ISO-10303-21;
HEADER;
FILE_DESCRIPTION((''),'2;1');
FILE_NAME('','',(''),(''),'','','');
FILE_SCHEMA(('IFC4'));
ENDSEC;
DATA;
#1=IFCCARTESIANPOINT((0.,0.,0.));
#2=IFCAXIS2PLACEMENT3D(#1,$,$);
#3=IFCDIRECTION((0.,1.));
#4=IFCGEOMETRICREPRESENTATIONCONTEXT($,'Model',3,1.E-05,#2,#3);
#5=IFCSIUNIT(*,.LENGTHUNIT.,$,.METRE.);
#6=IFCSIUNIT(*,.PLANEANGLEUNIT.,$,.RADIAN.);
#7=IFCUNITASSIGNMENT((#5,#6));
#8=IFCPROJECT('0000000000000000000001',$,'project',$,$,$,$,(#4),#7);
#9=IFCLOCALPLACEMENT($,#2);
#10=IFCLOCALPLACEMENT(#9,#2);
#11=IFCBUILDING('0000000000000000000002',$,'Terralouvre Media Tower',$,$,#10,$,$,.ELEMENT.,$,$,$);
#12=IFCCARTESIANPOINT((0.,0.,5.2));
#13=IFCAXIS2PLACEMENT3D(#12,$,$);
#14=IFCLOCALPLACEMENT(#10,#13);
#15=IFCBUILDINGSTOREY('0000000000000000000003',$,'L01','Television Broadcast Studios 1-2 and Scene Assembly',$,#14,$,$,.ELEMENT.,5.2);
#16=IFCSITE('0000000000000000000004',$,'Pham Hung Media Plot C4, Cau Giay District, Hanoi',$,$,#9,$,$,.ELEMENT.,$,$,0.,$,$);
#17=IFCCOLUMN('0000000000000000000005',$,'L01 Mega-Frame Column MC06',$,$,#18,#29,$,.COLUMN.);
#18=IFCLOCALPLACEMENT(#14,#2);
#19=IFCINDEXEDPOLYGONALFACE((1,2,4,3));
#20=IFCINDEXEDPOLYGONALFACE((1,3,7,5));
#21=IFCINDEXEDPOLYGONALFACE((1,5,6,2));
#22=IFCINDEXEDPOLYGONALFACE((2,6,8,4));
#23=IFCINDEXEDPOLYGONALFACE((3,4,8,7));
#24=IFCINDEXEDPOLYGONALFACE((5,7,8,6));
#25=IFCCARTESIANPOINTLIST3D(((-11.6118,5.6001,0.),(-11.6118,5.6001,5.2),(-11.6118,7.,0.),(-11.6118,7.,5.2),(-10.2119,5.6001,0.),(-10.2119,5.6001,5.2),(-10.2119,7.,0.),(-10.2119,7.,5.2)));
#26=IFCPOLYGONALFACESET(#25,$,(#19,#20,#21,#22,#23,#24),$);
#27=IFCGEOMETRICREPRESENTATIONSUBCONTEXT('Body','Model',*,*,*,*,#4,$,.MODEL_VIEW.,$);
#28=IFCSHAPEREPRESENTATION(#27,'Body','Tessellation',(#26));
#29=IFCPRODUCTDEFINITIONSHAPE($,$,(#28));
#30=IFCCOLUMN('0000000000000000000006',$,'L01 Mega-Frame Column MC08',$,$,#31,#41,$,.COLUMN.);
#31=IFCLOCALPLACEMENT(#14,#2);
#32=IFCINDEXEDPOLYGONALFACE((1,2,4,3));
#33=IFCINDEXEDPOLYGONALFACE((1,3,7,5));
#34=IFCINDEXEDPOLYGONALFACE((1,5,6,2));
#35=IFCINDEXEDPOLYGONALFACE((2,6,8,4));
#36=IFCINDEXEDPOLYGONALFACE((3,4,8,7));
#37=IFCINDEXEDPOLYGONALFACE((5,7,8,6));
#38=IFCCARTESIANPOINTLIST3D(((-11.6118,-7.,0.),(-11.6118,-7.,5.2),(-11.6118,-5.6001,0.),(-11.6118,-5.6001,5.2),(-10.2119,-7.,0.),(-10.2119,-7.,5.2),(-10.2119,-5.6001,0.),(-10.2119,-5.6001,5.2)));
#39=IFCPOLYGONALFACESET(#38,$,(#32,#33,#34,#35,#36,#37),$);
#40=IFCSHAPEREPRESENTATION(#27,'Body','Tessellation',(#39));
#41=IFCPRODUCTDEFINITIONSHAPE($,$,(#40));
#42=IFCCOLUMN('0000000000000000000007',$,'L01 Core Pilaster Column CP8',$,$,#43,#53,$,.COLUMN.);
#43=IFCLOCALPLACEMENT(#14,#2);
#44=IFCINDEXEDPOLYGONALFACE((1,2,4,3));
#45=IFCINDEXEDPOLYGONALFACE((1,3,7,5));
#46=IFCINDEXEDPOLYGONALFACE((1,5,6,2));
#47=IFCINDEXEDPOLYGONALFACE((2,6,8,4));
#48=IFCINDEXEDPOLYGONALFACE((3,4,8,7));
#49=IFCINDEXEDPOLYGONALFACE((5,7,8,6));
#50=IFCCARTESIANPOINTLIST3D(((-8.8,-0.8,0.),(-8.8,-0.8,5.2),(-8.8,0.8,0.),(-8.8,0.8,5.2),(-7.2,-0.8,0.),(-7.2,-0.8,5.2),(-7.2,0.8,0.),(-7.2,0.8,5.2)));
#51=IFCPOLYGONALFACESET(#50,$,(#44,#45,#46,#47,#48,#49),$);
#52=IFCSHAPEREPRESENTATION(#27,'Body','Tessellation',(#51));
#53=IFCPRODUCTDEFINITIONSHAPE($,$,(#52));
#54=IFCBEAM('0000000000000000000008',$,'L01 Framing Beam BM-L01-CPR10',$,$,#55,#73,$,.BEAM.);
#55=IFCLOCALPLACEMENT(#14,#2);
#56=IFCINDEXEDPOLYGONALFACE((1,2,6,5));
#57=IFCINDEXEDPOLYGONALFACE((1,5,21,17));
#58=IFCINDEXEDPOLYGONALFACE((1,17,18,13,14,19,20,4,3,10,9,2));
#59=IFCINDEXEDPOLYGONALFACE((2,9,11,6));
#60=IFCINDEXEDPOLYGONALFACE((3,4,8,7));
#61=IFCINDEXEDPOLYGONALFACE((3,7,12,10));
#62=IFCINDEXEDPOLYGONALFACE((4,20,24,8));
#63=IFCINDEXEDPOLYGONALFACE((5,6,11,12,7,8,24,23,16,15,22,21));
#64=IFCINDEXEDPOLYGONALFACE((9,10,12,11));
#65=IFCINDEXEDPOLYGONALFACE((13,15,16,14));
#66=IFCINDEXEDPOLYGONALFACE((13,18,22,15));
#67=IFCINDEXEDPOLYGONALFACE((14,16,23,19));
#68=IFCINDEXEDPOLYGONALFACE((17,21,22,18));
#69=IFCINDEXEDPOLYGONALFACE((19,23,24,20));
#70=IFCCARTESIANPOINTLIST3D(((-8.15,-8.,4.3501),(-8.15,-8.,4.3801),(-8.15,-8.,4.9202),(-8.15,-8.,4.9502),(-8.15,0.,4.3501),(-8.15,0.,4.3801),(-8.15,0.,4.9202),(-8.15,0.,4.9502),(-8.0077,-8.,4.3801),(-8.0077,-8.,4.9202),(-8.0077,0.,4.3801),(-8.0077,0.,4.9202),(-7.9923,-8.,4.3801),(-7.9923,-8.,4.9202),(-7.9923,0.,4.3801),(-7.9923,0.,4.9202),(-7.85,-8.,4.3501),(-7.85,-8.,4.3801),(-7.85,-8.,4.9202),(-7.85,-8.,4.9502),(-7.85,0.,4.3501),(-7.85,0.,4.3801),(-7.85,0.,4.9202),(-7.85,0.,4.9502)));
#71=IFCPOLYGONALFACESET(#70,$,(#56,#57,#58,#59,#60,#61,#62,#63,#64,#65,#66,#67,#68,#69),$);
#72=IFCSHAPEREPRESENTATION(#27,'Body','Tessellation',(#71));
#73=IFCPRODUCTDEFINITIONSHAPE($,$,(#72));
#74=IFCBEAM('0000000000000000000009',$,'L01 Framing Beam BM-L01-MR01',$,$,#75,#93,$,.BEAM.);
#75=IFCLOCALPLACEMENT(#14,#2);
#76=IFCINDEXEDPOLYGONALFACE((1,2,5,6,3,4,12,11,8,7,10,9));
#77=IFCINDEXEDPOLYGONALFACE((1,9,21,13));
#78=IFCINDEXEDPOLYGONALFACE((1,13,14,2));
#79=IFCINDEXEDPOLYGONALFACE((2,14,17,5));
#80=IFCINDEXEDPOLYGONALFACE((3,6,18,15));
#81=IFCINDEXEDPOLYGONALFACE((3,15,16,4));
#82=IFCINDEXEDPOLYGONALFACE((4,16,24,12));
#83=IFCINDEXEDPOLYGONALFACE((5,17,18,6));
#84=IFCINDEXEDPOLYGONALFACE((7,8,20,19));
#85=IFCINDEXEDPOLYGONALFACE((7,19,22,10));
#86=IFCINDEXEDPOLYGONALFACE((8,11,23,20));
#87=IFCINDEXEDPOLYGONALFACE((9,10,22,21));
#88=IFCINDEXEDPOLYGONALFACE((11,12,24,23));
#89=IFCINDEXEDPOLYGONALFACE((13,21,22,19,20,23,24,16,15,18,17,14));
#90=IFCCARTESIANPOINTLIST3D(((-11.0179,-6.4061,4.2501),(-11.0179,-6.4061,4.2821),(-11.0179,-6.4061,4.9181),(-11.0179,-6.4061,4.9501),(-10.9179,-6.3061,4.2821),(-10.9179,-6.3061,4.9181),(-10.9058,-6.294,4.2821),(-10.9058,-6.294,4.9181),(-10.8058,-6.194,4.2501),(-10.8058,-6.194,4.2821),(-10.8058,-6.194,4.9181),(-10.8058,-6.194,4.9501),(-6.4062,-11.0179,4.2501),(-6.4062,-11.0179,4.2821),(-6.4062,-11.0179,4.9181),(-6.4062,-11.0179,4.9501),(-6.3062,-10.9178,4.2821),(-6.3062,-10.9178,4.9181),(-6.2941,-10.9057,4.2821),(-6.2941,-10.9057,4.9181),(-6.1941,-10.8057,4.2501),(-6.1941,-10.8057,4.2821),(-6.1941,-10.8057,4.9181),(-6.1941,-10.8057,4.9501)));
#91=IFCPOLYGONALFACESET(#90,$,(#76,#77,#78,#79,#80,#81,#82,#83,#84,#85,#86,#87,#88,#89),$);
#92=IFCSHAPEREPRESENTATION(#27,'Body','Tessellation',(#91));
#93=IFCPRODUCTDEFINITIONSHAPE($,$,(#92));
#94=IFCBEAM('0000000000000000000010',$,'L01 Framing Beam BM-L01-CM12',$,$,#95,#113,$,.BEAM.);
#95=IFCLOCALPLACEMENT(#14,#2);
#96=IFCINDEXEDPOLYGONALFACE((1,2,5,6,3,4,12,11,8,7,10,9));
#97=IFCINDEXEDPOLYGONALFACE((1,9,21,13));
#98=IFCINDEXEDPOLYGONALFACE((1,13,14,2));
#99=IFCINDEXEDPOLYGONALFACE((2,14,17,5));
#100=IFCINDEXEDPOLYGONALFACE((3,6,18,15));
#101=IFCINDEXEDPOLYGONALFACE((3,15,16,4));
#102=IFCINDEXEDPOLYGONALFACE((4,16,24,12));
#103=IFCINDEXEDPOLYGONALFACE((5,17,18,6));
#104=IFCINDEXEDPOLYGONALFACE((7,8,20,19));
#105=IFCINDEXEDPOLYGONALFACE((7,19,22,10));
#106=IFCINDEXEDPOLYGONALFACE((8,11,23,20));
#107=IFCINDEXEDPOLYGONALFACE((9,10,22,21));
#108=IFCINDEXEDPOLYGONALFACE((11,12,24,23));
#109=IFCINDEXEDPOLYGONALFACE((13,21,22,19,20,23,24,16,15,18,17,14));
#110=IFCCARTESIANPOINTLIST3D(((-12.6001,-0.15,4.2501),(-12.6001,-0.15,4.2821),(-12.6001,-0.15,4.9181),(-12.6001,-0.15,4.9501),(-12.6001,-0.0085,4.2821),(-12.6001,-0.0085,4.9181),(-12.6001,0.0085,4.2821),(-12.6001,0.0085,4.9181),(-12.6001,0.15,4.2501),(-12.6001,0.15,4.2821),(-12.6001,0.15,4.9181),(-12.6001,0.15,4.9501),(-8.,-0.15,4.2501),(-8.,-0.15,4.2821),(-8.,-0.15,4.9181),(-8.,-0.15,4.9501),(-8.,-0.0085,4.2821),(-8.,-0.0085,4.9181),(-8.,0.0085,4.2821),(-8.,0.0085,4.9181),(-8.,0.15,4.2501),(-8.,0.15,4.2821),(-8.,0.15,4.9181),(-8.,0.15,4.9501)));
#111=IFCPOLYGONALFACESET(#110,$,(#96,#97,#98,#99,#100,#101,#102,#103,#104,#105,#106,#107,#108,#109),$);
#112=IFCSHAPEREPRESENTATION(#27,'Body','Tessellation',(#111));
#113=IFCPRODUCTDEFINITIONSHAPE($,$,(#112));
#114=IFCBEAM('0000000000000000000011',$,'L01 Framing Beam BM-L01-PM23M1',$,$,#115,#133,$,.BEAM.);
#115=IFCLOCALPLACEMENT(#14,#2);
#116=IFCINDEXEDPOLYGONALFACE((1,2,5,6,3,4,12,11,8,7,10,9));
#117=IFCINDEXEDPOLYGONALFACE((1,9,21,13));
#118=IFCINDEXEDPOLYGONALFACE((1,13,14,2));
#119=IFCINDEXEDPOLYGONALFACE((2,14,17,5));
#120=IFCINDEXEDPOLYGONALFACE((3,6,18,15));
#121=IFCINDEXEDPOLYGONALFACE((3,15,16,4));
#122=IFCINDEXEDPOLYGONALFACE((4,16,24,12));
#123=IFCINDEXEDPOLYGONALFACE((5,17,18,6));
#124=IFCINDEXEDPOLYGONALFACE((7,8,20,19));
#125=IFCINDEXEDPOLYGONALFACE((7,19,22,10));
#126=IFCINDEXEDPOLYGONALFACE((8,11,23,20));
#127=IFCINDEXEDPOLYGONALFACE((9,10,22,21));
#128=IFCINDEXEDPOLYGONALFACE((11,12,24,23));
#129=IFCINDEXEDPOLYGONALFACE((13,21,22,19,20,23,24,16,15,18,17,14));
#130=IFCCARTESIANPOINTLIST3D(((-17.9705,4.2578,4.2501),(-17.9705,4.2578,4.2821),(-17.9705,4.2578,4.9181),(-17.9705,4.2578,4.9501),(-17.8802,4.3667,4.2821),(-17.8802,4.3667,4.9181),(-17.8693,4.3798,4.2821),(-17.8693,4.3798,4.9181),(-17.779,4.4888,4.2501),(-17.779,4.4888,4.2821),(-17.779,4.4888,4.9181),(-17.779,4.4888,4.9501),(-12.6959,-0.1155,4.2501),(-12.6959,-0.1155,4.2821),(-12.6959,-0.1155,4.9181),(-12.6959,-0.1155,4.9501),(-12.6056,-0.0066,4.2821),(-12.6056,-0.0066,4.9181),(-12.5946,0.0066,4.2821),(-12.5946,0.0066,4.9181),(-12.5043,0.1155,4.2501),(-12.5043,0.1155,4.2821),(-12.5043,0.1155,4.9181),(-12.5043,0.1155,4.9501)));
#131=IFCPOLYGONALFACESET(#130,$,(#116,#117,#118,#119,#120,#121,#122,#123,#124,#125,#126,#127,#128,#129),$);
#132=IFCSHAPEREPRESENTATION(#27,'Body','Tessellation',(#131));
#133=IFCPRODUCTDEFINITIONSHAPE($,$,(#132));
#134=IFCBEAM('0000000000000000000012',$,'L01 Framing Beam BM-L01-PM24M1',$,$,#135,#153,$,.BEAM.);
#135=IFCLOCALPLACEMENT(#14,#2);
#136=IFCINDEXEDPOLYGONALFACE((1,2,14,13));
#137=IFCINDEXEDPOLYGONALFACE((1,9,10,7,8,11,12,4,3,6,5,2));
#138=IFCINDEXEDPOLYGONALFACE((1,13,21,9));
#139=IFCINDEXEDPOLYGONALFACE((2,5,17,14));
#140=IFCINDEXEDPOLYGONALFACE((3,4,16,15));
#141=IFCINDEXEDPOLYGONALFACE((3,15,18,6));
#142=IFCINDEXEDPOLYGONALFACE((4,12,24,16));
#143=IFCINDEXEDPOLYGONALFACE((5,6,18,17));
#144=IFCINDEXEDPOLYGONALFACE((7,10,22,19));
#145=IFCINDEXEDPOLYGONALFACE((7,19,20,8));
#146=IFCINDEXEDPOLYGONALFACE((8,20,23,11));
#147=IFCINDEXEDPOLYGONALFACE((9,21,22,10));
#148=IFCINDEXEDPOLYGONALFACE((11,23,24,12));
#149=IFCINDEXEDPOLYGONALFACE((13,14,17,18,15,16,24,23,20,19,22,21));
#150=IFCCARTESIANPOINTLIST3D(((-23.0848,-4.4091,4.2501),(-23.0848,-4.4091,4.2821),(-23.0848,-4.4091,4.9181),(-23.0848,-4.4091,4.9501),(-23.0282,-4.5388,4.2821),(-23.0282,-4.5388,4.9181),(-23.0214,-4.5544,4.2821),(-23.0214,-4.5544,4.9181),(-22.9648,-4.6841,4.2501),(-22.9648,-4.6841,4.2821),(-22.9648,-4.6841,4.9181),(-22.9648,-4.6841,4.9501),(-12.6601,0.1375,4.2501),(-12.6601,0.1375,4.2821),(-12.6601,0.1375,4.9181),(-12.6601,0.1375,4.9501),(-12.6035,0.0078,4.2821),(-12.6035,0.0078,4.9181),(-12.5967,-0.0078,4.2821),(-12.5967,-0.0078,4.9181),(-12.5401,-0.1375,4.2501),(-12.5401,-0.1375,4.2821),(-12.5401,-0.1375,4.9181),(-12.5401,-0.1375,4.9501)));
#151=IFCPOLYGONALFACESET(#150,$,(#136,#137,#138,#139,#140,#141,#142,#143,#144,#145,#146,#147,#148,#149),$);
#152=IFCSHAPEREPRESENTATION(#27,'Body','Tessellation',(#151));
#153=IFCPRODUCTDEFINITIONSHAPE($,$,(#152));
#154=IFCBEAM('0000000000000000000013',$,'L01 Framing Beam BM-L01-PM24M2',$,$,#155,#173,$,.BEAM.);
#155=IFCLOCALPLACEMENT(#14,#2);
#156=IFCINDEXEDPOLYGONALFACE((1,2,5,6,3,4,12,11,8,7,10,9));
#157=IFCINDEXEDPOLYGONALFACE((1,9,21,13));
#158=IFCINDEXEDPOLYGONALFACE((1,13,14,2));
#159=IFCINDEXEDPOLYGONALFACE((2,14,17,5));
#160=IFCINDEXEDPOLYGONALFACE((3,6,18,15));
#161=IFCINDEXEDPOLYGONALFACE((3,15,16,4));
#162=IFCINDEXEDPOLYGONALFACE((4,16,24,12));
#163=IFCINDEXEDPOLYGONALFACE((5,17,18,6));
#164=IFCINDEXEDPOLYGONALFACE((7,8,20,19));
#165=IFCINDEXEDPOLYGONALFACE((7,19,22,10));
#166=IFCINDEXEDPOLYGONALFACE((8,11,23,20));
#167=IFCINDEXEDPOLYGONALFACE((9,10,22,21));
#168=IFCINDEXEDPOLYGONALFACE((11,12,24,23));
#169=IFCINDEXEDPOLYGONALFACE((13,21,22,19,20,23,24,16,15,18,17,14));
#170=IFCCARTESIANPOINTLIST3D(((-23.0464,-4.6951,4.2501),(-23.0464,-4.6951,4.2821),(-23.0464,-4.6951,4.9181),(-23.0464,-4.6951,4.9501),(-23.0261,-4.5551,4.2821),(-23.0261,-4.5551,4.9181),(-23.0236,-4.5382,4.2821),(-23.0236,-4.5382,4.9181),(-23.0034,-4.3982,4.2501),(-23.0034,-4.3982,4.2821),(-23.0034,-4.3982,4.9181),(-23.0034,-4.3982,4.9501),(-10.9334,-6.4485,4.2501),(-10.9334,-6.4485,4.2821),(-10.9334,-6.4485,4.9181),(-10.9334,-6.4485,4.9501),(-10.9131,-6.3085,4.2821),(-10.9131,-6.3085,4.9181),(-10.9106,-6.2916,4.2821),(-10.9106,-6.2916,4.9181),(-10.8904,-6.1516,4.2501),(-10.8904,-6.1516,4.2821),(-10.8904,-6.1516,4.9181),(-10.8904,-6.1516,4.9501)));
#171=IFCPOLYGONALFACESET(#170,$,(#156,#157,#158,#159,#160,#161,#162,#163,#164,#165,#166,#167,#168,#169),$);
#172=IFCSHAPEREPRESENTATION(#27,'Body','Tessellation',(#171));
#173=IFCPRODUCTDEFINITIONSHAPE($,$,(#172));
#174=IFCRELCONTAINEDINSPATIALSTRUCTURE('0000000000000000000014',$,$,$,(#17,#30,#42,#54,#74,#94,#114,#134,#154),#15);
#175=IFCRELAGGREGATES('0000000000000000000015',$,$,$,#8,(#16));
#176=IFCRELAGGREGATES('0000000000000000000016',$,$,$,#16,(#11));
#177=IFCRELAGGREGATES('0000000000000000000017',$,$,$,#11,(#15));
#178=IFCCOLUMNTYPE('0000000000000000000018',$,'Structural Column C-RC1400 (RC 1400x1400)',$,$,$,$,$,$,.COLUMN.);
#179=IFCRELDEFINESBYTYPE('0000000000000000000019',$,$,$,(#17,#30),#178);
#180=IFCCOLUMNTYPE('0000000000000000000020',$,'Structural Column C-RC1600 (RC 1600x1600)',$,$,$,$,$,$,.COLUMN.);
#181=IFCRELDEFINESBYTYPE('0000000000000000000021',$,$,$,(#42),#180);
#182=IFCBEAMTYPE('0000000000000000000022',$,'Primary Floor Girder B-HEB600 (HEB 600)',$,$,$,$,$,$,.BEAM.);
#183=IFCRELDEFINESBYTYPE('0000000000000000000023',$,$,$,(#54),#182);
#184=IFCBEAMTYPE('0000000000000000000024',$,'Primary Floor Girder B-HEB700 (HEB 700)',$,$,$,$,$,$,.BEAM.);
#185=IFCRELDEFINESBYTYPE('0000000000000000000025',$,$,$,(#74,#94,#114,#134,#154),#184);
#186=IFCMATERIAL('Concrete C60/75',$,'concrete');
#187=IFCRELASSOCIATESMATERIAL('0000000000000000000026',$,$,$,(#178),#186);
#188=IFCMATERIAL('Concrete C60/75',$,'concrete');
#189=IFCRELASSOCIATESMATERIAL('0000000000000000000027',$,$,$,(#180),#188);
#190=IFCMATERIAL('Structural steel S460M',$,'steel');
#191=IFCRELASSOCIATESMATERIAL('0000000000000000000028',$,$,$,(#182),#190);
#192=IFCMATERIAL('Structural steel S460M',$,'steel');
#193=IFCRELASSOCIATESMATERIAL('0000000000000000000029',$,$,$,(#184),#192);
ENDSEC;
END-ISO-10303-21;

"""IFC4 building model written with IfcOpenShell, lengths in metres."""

from ifc_helpers import new_model, si_unit, direction, frame, origin, origin_2d, place, context, subcontext, project, spatial, rectangle, i_section, extrude, material, material_profile, profile_set, type_object, element, save


model = new_model("IFC4")

# Units and contexts
model_context = context("Model", 3, precision=1e-05, world=origin(), true_north=direction((0.0, 1.0)))
body_context = subcontext(model_context, "Body", "Model", "MODEL_VIEW")
ifc_project = project(units=[si_unit("LENGTHUNIT", "METRE"), si_unit("PLANEANGLEUNIT", "RADIAN")], contexts=[model_context])

# Site, building, storey
site_placement = place(None, origin())
site = spatial("IfcSite", under=ifc_project, at=site_placement, Name="Pham Hung Media Plot C4, Cau Giay District, Hanoi", CompositionType="ELEMENT", RefElevation=0.0)
building_placement = place(site_placement, origin())
building = spatial("IfcBuilding", under=site, at=building_placement, Name="Terralouvre Media Tower", CompositionType="ELEMENT")
storey_placement = place(building_placement, frame((0.0, 0.0, 5.2)))
storey = spatial("IfcBuildingStorey", under=building, at=storey_placement, Name="L01", Description="Television Broadcast Studios 1-2 and Scene Assembly", CompositionType="ELEMENT", Elevation=5.2)

# Columns
ifc_material_1 = material(Name="Concrete C60/75", Category="concrete")
ifc_material_profile_1 = material_profile(ifc_material_1, rectangle(XDim=1.3999, YDim=1.3999, at=origin_2d()), Name="RC 1400x1400")
ifc_profile_set_1 = profile_set([ifc_material_profile_1], Name="Concrete C60/75")
column_type_1 = type_object("IfcColumnType", Name="Structural Column C-RC1400 (RC 1400x1400)", PredefinedType="COLUMN", material=ifc_profile_set_1)
for number, where, z_axis, x_axis, name in (
    (1, (-10.9119, 6.3, 0.0), (0.0, 0.0, 1.0), (1.0, 0.0, 0.0), "L01 Mega-Frame Column MC06"),
    (2, (-10.9119, -6.3, 0.0), (0.0, 0.0, 1.0), (1.0, 0.0, 0.0), "L01 Mega-Frame Column MC08"),
):
    element("IfcColumn", number, at=place(storey_placement, frame(where, z_axis=z_axis, x_axis=x_axis)), inside=storey, type_object=column_type_1, Name=name, PredefinedType="COLUMN", context=body_context, shape_type="SweptSolid", body=[
        extrude(rectangle(XDim=1.3999, YDim=1.3999, at=origin_2d()), origin(), (0.0, 0.0, 1.0), 5.2),
    ])
ifc_material_2 = material(Name="Concrete C60/75", Category="concrete")
ifc_material_profile_2 = material_profile(ifc_material_2, rectangle(XDim=1.6001, YDim=1.6001, at=origin_2d()), Name="RC 1600x1600")
ifc_profile_set_2 = profile_set([ifc_material_profile_2], Name="Concrete C60/75")
column_type_2 = type_object("IfcColumnType", Name="Structural Column C-RC1600 (RC 1600x1600)", PredefinedType="COLUMN", material=ifc_profile_set_2)
column_placement = place(storey_placement, frame((-8.0, 0.0, 0.0), z_axis=(0.0, 0.0, 1.0), x_axis=(1.0, 0.0, 0.0)))
element("IfcColumn", 3, at=column_placement, inside=storey, type_object=column_type_2, Name="L01 Core Pilaster Column CP8", PredefinedType="COLUMN", context=body_context, shape_type="SweptSolid", body=[
    extrude(rectangle(XDim=1.6001, YDim=1.6001, at=origin_2d()), origin(), (0.0, 0.0, 1.0), 5.2),
])

# Beams
ifc_material_3 = material(Name="Structural steel S460M", Category="steel")
ifc_material_profile_3 = material_profile(ifc_material_3, i_section(OverallWidth=0.3, OverallDepth=0.6001, WebThickness=0.0154, FlangeThickness=0.03, at=origin_2d()), Name="HEB 600")
ifc_profile_set_3 = profile_set([ifc_material_profile_3], Name="Structural steel S460M")
beam_type_1 = type_object("IfcBeamType", Name="Primary Floor Girder B-HEB600 (HEB 600)", PredefinedType="BEAM", material=ifc_profile_set_3)
beam_1_placement = place(storey_placement, frame((-8.0, 0.0, 4.6501), z_axis=(0.0, -1.0, 0.0), x_axis=(1.0, 0.0, 0.0)))
element("IfcBeam", 4, at=beam_1_placement, inside=storey, type_object=beam_type_1, Name="L01 Framing Beam BM-L01-CPR10", PredefinedType="BEAM", context=body_context, shape_type="SweptSolid", body=[
    extrude(i_section(OverallWidth=0.3, OverallDepth=0.6001, WebThickness=0.0154, FlangeThickness=0.03, at=origin_2d()), origin(), (0.0, 0.0, 1.0), 8.0),
])
ifc_material_4 = material(Name="Structural steel S460M", Category="steel")
ifc_material_profile_4 = material_profile(ifc_material_4, i_section(OverallWidth=0.3, OverallDepth=0.7, WebThickness=0.0171, FlangeThickness=0.032, at=origin_2d()), Name="HEB 700")
ifc_profile_set_4 = profile_set([ifc_material_profile_4], Name="Structural steel S460M")
beam_type_2 = type_object("IfcBeamType", Name="Primary Floor Girder B-HEB700 (HEB 700)", PredefinedType="BEAM", material=ifc_profile_set_4)
beam_2_placement = place(storey_placement, frame((-10.9119, -6.3, 4.6001), z_axis=(0.707107, -0.707107, 0.0), x_axis=(0.707107, 0.707107, 0.0)))
element("IfcBeam", 5, at=beam_2_placement, inside=storey, type_object=beam_type_2, Name="L01 Framing Beam BM-L01-MR01", PredefinedType="BEAM", context=body_context, shape_type="SweptSolid", body=[
    extrude(i_section(OverallWidth=0.3, OverallDepth=0.7, WebThickness=0.0171, FlangeThickness=0.032, at=origin_2d()), origin(), (0.0, 0.0, 1.0), 6.522),
])
beam_3_placement = place(storey_placement, frame((-8.0, 0.0, 4.6001), z_axis=(-1.0, 0.0, 0.0), x_axis=(0.0, -1.0, 0.0)))
element("IfcBeam", 6, at=beam_3_placement, inside=storey, type_object=beam_type_2, Name="L01 Framing Beam BM-L01-CM12", PredefinedType="BEAM", context=body_context, shape_type="SweptSolid", body=[
    extrude(i_section(OverallWidth=0.3, OverallDepth=0.7, WebThickness=0.0171, FlangeThickness=0.032, at=origin_2d()), origin(), (0.0, 0.0, 1.0), 4.6001),
])
beam_4_placement = place(storey_placement, frame((-12.6001, 0.0, 4.6001), z_axis=(-0.769816, 0.638265, 0.0), x_axis=(-0.638265, -0.769816, 0.0)))
element("IfcBeam", 7, at=beam_4_placement, inside=storey, type_object=beam_type_2, Name="L01 Framing Beam BM-L01-PM23M1", PredefinedType="BEAM", context=body_context, shape_type="SweptSolid", body=[
    extrude(i_section(OverallWidth=0.3, OverallDepth=0.7, WebThickness=0.0171, FlangeThickness=0.032, at=origin_2d()), origin(), (0.0, 0.0, 1.0), 6.8518),
])
beam_5_placement = place(storey_placement, frame((-12.6001, 0.0, 4.6001), z_axis=(-0.916616, -0.399769, 0.0), x_axis=(0.399769, -0.916616, 0.0)))
element("IfcBeam", 8, at=beam_5_placement, inside=storey, type_object=beam_type_2, Name="L01 Framing Beam BM-L01-PM24M1", PredefinedType="BEAM", context=body_context, shape_type="SweptSolid", body=[
    extrude(i_section(OverallWidth=0.3, OverallDepth=0.7, WebThickness=0.0171, FlangeThickness=0.032, at=origin_2d()), origin(), (0.0, 0.0, 1.0), 11.373),
])
beam_6_placement = place(storey_placement, frame((-10.9119, -6.3, 4.6001), z_axis=(-0.989685, 0.143261, 0.0), x_axis=(-0.143261, -0.989685, 0.0)))
element("IfcBeam", 9, at=beam_6_placement, inside=storey, type_object=beam_type_2, Name="L01 Framing Beam BM-L01-PM24M2", PredefinedType="BEAM", context=body_context, shape_type="SweptSolid", body=[
    extrude(i_section(OverallWidth=0.3, OverallDepth=0.7, WebThickness=0.0171, FlangeThickness=0.032, at=origin_2d()), origin(), (0.0, 0.0, 1.0), 12.2393),
])

save(model, "model.ifc")
